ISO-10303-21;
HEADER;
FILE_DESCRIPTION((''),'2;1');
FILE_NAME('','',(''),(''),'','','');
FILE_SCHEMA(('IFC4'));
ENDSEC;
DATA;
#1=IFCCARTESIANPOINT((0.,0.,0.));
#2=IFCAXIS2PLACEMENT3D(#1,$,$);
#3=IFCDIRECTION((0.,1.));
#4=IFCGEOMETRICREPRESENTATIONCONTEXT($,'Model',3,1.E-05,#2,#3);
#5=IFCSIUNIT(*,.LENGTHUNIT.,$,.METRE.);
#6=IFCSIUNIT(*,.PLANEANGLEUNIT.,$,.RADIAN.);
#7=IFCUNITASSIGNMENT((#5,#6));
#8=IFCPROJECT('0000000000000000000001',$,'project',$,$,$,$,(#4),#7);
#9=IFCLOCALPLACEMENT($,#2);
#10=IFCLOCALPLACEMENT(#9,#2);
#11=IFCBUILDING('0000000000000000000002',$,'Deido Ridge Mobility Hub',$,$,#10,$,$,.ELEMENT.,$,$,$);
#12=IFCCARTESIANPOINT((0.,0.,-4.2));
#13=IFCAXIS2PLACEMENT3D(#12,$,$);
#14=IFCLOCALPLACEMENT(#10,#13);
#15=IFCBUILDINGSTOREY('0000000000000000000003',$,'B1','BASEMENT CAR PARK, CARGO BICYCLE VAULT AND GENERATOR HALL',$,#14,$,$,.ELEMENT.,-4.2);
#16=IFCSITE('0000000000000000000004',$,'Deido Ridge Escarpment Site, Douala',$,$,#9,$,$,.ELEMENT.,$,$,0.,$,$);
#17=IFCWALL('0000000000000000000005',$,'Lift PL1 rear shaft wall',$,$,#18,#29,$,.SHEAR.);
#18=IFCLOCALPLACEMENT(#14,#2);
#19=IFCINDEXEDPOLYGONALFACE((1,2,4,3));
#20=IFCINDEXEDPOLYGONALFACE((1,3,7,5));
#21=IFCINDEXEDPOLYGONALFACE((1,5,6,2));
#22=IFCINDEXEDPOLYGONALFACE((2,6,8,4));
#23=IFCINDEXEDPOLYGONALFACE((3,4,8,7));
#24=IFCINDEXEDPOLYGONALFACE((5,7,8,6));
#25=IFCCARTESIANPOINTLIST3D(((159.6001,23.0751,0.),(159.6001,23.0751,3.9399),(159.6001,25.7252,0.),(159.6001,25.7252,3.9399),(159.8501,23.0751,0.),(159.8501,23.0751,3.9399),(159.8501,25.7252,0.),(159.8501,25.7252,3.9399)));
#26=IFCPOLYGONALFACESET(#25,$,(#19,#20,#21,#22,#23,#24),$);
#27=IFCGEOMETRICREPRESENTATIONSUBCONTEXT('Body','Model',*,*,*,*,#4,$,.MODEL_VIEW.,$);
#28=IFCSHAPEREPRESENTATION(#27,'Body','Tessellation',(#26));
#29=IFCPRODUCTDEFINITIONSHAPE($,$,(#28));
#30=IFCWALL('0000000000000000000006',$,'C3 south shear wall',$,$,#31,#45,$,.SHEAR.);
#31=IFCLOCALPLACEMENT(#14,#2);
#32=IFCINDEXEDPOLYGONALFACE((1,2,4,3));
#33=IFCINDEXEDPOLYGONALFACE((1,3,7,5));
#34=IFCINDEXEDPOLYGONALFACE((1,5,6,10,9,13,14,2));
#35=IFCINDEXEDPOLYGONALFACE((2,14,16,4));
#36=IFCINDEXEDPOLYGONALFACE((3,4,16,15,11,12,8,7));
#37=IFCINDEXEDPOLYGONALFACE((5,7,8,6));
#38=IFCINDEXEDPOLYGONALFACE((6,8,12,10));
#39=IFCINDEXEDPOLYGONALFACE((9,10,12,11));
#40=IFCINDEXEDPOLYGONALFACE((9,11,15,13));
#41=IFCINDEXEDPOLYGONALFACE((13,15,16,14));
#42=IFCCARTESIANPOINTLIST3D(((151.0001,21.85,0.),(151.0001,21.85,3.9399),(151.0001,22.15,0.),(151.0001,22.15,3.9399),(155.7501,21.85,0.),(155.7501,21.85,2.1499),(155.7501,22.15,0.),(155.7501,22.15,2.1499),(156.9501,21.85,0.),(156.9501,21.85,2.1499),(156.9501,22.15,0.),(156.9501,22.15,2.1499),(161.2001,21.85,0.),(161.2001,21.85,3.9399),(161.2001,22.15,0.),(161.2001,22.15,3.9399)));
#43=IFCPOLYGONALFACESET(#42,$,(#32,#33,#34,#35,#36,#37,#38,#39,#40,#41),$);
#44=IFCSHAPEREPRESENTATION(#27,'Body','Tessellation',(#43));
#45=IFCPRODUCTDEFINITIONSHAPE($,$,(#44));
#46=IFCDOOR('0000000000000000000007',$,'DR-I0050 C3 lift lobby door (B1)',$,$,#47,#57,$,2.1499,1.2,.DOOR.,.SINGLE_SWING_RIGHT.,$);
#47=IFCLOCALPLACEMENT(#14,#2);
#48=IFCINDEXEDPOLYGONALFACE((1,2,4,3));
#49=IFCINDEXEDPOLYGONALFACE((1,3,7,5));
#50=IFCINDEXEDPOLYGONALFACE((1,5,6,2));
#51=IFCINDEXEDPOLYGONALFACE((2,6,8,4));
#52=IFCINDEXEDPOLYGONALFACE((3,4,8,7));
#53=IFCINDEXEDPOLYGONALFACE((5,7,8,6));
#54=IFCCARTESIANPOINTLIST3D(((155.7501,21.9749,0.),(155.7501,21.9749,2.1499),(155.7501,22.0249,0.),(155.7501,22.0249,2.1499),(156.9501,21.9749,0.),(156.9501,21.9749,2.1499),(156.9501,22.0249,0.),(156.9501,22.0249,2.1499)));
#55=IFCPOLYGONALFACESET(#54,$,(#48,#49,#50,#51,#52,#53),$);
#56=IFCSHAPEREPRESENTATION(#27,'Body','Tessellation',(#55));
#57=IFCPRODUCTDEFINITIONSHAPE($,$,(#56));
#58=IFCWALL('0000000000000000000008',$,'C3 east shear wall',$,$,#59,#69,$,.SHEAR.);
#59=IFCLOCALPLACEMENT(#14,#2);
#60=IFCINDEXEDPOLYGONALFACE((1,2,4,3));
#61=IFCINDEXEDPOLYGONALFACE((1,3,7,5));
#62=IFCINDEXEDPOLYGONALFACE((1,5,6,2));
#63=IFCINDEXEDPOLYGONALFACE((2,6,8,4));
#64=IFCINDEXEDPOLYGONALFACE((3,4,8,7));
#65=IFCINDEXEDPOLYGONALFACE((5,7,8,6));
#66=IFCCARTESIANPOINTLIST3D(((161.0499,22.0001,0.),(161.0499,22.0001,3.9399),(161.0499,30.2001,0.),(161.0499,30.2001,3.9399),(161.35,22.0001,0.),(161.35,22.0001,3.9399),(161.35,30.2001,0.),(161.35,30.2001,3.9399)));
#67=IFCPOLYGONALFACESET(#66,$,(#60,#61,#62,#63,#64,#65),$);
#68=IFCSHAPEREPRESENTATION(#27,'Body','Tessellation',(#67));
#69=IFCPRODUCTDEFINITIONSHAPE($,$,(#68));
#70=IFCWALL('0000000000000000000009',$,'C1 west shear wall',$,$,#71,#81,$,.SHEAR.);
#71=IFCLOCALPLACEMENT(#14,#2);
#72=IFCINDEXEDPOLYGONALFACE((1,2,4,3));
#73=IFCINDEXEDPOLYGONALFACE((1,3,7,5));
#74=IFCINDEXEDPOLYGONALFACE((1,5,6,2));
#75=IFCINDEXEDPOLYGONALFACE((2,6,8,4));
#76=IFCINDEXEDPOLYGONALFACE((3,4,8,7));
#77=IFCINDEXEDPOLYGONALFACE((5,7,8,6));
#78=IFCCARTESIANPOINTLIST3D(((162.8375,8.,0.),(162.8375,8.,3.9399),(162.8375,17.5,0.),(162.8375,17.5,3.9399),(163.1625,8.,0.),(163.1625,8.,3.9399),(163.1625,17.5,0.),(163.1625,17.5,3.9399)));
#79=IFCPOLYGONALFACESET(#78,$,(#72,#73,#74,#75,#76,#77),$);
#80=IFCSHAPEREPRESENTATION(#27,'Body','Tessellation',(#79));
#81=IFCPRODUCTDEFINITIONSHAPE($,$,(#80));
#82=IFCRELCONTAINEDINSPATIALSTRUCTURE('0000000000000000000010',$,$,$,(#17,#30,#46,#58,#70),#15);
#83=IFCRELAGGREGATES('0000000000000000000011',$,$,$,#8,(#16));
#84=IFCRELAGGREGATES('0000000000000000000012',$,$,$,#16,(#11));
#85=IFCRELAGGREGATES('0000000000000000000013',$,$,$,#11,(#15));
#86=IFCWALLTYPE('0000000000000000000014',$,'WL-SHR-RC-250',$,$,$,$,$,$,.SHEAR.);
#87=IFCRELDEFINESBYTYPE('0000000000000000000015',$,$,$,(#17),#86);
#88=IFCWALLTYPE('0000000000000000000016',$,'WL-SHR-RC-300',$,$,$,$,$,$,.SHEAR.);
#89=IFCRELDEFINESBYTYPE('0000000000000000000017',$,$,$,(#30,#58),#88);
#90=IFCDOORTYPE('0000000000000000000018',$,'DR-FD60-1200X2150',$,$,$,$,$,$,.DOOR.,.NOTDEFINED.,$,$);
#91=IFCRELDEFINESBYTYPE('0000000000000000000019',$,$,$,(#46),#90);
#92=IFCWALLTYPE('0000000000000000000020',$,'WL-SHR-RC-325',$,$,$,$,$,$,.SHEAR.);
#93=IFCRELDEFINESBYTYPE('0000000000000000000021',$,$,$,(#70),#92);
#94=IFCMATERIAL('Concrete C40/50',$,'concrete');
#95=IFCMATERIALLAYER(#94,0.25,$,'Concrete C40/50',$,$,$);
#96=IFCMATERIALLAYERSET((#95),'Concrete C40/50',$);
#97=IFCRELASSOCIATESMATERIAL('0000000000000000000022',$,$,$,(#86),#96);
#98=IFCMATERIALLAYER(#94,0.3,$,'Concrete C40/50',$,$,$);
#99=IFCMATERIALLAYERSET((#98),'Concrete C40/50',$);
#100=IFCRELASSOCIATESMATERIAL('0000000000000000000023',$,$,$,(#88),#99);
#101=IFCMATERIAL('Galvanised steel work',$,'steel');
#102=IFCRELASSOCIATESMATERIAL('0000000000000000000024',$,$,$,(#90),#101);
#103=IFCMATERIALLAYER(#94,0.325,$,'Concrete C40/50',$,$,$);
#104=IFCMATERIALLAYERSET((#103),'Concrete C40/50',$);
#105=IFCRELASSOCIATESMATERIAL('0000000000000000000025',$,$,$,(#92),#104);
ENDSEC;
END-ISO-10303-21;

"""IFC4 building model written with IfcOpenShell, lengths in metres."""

from ifc_helpers import new_model, si_unit, direction, frame, frame_2d, origin, place, context, subcontext, project, spatial, rectangle, extrude, material, layer, layer_set, type_object, element, fill, save


model = new_model("IFC4")

# Units and contexts
model_context = context("Model", 3, precision=1e-05, world=origin(), true_north=direction((0.0, 1.0)))
body_context = subcontext(model_context, "Body", "Model", "MODEL_VIEW")
ifc_project = project(units=[si_unit("LENGTHUNIT", "METRE"), si_unit("PLANEANGLEUNIT", "RADIAN")], contexts=[model_context])

# Site, building, storey
site_placement = place(None, origin())
site = spatial("IfcSite", under=ifc_project, at=site_placement, Name="Deido Ridge Escarpment Site, Douala", CompositionType="ELEMENT", RefElevation=0.0)
building_placement = place(site_placement, origin())
building = spatial("IfcBuilding", under=site, at=building_placement, Name="Deido Ridge Mobility Hub", CompositionType="ELEMENT")
storey_placement = place(building_placement, frame((0.0, 0.0, -4.2)))
storey = spatial("IfcBuildingStorey", under=building, at=storey_placement, Name="B1", Description="BASEMENT CAR PARK, CARGO BICYCLE VAULT AND GENERATOR HALL", CompositionType="ELEMENT", Elevation=-4.2)

# Shared definitions
ifc_material_1 = material(Name="Concrete C40/50", Category="concrete")

# Shared definitions
ifc_layer_1 = layer(ifc_material_1, 0.25, Name="Concrete C40/50")
ifc_layer_set_1 = layer_set([ifc_layer_1], Name="Concrete C40/50")
wall_type_1 = type_object("IfcWallType", Name="WL-SHR-RC-250", PredefinedType="SHEAR", material=ifc_layer_set_1)

# Shared definitions
ifc_material_2 = material(Name="Galvanised steel work", Category="steel")

# Wall
wall_1_placement = place(storey_placement, frame((159.7251, 23.075, 0.0), z_axis=(0.0, 0.0, 1.0), x_axis=(0.0, 1.0, 0.0)))
element("IfcWall", 1, at=wall_1_placement, inside=storey, type_object=wall_type_1, Name="Lift PL1 rear shaft wall", PredefinedType="SHEAR", context=body_context, shape_type="SweptSolid", body=[
    extrude(rectangle(XDim=2.6501, YDim=0.25, at=frame_2d((1.3252, 0.0))), origin(), (0.0, 0.0, 1.0), 3.9399),
])

# Wall, opening, door
ifc_layer_2 = layer(ifc_material_1, 0.3, Name="Concrete C40/50")
ifc_layer_set_2 = layer_set([ifc_layer_2], Name="Concrete C40/50")
wall_type_2 = type_object("IfcWallType", Name="WL-SHR-RC-300", PredefinedType="SHEAR", material=ifc_layer_set_2)
wall_2_placement = place(storey_placement, frame((151.0, 22.0, 0.0), z_axis=(0.0, 0.0, 1.0), x_axis=(1.0, 0.0, 0.0)))
wall_2 = element("IfcWall", 2, at=wall_2_placement, inside=storey, type_object=wall_type_2, Name="C3 south shear wall", PredefinedType="SHEAR", context=body_context, shape_type="SweptSolid", body=[
    extrude(rectangle(XDim=10.2, YDim=0.3, at=frame_2d((5.1001, 0.0))), origin(), (0.0, 0.0, 1.0), 3.9399),
])
opening_1_placement = place(wall_2_placement, frame((4.75, 0.0, 0.0)))
opening_1 = element("IfcOpeningElement", 3, at=opening_1_placement, cuts=wall_2, PredefinedType="OPENING", context=body_context, shape_type="SweptSolid", body=[
    extrude(rectangle(XDim=1.2, YDim=2.1499, at=frame_2d((0.6001, 1.075))), frame((0.0, 0.1602, 0.0), z_axis=(0.0, -1.0, 0.0), x_axis=(1.0, 0.0, 0.0)), (0.0, 0.0, 1.0), 0.3201),
])
door_type_1 = type_object("IfcDoorType", Name="DR-FD60-1200X2150", OperationType="NOTDEFINED", PredefinedType="DOOR", material=ifc_material_2)
door_1_placement = place(opening_1_placement, origin())
door_1 = element("IfcDoor", 4, at=door_1_placement, inside=storey, type_object=door_type_1, Name="DR-I0050 C3 lift lobby door (B1)", OperationType="SINGLE_SWING_RIGHT", OverallHeight=2.1499, OverallWidth=1.2, PredefinedType="DOOR", context=body_context, shape_type="SweptSolid", body=[
    extrude(rectangle(XDim=1.2, YDim=2.1499, at=frame_2d((0.6001, 1.075))), frame((0.0, 0.0249, 0.0), z_axis=(0.0, -1.0, 0.0), x_axis=(1.0, 0.0, 0.0)), (0.0, 0.0, 1.0), 0.05),
])
fill(opening_1, door_1)

# Walls
wall_3_placement = place(storey_placement, frame((161.2, 22.0, 0.0), z_axis=(0.0, 0.0, 1.0), x_axis=(0.0, 1.0, 0.0)))
element("IfcWall", 5, at=wall_3_placement, inside=storey, type_object=wall_type_2, Name="C3 east shear wall", PredefinedType="SHEAR", context=body_context, shape_type="SweptSolid", body=[
    extrude(rectangle(XDim=8.2, YDim=0.3, at=frame_2d((4.1001, 0.0))), origin(), (0.0, 0.0, 1.0), 3.9399),
])
ifc_layer_3 = layer(ifc_material_1, 0.325, Name="Concrete C40/50")
ifc_layer_set_3 = layer_set([ifc_layer_3], Name="Concrete C40/50")
wall_type_3 = type_object("IfcWallType", Name="WL-SHR-RC-325", PredefinedType="SHEAR", material=ifc_layer_set_3)
wall_4_placement = place(storey_placement, frame((163.0, 17.5, 0.0), z_axis=(0.0, 0.0, 1.0), x_axis=(0.0, -1.0, 0.0)))
element("IfcWall", 6, at=wall_4_placement, inside=storey, type_object=wall_type_3, Name="C1 west shear wall", PredefinedType="SHEAR", context=body_context, shape_type="SweptSolid", body=[
    extrude(rectangle(XDim=9.5, YDim=0.325, at=frame_2d((4.75, 0.0))), origin(), (0.0, 0.0, 1.0), 3.9399),
])

save(model, "model.ifc")
